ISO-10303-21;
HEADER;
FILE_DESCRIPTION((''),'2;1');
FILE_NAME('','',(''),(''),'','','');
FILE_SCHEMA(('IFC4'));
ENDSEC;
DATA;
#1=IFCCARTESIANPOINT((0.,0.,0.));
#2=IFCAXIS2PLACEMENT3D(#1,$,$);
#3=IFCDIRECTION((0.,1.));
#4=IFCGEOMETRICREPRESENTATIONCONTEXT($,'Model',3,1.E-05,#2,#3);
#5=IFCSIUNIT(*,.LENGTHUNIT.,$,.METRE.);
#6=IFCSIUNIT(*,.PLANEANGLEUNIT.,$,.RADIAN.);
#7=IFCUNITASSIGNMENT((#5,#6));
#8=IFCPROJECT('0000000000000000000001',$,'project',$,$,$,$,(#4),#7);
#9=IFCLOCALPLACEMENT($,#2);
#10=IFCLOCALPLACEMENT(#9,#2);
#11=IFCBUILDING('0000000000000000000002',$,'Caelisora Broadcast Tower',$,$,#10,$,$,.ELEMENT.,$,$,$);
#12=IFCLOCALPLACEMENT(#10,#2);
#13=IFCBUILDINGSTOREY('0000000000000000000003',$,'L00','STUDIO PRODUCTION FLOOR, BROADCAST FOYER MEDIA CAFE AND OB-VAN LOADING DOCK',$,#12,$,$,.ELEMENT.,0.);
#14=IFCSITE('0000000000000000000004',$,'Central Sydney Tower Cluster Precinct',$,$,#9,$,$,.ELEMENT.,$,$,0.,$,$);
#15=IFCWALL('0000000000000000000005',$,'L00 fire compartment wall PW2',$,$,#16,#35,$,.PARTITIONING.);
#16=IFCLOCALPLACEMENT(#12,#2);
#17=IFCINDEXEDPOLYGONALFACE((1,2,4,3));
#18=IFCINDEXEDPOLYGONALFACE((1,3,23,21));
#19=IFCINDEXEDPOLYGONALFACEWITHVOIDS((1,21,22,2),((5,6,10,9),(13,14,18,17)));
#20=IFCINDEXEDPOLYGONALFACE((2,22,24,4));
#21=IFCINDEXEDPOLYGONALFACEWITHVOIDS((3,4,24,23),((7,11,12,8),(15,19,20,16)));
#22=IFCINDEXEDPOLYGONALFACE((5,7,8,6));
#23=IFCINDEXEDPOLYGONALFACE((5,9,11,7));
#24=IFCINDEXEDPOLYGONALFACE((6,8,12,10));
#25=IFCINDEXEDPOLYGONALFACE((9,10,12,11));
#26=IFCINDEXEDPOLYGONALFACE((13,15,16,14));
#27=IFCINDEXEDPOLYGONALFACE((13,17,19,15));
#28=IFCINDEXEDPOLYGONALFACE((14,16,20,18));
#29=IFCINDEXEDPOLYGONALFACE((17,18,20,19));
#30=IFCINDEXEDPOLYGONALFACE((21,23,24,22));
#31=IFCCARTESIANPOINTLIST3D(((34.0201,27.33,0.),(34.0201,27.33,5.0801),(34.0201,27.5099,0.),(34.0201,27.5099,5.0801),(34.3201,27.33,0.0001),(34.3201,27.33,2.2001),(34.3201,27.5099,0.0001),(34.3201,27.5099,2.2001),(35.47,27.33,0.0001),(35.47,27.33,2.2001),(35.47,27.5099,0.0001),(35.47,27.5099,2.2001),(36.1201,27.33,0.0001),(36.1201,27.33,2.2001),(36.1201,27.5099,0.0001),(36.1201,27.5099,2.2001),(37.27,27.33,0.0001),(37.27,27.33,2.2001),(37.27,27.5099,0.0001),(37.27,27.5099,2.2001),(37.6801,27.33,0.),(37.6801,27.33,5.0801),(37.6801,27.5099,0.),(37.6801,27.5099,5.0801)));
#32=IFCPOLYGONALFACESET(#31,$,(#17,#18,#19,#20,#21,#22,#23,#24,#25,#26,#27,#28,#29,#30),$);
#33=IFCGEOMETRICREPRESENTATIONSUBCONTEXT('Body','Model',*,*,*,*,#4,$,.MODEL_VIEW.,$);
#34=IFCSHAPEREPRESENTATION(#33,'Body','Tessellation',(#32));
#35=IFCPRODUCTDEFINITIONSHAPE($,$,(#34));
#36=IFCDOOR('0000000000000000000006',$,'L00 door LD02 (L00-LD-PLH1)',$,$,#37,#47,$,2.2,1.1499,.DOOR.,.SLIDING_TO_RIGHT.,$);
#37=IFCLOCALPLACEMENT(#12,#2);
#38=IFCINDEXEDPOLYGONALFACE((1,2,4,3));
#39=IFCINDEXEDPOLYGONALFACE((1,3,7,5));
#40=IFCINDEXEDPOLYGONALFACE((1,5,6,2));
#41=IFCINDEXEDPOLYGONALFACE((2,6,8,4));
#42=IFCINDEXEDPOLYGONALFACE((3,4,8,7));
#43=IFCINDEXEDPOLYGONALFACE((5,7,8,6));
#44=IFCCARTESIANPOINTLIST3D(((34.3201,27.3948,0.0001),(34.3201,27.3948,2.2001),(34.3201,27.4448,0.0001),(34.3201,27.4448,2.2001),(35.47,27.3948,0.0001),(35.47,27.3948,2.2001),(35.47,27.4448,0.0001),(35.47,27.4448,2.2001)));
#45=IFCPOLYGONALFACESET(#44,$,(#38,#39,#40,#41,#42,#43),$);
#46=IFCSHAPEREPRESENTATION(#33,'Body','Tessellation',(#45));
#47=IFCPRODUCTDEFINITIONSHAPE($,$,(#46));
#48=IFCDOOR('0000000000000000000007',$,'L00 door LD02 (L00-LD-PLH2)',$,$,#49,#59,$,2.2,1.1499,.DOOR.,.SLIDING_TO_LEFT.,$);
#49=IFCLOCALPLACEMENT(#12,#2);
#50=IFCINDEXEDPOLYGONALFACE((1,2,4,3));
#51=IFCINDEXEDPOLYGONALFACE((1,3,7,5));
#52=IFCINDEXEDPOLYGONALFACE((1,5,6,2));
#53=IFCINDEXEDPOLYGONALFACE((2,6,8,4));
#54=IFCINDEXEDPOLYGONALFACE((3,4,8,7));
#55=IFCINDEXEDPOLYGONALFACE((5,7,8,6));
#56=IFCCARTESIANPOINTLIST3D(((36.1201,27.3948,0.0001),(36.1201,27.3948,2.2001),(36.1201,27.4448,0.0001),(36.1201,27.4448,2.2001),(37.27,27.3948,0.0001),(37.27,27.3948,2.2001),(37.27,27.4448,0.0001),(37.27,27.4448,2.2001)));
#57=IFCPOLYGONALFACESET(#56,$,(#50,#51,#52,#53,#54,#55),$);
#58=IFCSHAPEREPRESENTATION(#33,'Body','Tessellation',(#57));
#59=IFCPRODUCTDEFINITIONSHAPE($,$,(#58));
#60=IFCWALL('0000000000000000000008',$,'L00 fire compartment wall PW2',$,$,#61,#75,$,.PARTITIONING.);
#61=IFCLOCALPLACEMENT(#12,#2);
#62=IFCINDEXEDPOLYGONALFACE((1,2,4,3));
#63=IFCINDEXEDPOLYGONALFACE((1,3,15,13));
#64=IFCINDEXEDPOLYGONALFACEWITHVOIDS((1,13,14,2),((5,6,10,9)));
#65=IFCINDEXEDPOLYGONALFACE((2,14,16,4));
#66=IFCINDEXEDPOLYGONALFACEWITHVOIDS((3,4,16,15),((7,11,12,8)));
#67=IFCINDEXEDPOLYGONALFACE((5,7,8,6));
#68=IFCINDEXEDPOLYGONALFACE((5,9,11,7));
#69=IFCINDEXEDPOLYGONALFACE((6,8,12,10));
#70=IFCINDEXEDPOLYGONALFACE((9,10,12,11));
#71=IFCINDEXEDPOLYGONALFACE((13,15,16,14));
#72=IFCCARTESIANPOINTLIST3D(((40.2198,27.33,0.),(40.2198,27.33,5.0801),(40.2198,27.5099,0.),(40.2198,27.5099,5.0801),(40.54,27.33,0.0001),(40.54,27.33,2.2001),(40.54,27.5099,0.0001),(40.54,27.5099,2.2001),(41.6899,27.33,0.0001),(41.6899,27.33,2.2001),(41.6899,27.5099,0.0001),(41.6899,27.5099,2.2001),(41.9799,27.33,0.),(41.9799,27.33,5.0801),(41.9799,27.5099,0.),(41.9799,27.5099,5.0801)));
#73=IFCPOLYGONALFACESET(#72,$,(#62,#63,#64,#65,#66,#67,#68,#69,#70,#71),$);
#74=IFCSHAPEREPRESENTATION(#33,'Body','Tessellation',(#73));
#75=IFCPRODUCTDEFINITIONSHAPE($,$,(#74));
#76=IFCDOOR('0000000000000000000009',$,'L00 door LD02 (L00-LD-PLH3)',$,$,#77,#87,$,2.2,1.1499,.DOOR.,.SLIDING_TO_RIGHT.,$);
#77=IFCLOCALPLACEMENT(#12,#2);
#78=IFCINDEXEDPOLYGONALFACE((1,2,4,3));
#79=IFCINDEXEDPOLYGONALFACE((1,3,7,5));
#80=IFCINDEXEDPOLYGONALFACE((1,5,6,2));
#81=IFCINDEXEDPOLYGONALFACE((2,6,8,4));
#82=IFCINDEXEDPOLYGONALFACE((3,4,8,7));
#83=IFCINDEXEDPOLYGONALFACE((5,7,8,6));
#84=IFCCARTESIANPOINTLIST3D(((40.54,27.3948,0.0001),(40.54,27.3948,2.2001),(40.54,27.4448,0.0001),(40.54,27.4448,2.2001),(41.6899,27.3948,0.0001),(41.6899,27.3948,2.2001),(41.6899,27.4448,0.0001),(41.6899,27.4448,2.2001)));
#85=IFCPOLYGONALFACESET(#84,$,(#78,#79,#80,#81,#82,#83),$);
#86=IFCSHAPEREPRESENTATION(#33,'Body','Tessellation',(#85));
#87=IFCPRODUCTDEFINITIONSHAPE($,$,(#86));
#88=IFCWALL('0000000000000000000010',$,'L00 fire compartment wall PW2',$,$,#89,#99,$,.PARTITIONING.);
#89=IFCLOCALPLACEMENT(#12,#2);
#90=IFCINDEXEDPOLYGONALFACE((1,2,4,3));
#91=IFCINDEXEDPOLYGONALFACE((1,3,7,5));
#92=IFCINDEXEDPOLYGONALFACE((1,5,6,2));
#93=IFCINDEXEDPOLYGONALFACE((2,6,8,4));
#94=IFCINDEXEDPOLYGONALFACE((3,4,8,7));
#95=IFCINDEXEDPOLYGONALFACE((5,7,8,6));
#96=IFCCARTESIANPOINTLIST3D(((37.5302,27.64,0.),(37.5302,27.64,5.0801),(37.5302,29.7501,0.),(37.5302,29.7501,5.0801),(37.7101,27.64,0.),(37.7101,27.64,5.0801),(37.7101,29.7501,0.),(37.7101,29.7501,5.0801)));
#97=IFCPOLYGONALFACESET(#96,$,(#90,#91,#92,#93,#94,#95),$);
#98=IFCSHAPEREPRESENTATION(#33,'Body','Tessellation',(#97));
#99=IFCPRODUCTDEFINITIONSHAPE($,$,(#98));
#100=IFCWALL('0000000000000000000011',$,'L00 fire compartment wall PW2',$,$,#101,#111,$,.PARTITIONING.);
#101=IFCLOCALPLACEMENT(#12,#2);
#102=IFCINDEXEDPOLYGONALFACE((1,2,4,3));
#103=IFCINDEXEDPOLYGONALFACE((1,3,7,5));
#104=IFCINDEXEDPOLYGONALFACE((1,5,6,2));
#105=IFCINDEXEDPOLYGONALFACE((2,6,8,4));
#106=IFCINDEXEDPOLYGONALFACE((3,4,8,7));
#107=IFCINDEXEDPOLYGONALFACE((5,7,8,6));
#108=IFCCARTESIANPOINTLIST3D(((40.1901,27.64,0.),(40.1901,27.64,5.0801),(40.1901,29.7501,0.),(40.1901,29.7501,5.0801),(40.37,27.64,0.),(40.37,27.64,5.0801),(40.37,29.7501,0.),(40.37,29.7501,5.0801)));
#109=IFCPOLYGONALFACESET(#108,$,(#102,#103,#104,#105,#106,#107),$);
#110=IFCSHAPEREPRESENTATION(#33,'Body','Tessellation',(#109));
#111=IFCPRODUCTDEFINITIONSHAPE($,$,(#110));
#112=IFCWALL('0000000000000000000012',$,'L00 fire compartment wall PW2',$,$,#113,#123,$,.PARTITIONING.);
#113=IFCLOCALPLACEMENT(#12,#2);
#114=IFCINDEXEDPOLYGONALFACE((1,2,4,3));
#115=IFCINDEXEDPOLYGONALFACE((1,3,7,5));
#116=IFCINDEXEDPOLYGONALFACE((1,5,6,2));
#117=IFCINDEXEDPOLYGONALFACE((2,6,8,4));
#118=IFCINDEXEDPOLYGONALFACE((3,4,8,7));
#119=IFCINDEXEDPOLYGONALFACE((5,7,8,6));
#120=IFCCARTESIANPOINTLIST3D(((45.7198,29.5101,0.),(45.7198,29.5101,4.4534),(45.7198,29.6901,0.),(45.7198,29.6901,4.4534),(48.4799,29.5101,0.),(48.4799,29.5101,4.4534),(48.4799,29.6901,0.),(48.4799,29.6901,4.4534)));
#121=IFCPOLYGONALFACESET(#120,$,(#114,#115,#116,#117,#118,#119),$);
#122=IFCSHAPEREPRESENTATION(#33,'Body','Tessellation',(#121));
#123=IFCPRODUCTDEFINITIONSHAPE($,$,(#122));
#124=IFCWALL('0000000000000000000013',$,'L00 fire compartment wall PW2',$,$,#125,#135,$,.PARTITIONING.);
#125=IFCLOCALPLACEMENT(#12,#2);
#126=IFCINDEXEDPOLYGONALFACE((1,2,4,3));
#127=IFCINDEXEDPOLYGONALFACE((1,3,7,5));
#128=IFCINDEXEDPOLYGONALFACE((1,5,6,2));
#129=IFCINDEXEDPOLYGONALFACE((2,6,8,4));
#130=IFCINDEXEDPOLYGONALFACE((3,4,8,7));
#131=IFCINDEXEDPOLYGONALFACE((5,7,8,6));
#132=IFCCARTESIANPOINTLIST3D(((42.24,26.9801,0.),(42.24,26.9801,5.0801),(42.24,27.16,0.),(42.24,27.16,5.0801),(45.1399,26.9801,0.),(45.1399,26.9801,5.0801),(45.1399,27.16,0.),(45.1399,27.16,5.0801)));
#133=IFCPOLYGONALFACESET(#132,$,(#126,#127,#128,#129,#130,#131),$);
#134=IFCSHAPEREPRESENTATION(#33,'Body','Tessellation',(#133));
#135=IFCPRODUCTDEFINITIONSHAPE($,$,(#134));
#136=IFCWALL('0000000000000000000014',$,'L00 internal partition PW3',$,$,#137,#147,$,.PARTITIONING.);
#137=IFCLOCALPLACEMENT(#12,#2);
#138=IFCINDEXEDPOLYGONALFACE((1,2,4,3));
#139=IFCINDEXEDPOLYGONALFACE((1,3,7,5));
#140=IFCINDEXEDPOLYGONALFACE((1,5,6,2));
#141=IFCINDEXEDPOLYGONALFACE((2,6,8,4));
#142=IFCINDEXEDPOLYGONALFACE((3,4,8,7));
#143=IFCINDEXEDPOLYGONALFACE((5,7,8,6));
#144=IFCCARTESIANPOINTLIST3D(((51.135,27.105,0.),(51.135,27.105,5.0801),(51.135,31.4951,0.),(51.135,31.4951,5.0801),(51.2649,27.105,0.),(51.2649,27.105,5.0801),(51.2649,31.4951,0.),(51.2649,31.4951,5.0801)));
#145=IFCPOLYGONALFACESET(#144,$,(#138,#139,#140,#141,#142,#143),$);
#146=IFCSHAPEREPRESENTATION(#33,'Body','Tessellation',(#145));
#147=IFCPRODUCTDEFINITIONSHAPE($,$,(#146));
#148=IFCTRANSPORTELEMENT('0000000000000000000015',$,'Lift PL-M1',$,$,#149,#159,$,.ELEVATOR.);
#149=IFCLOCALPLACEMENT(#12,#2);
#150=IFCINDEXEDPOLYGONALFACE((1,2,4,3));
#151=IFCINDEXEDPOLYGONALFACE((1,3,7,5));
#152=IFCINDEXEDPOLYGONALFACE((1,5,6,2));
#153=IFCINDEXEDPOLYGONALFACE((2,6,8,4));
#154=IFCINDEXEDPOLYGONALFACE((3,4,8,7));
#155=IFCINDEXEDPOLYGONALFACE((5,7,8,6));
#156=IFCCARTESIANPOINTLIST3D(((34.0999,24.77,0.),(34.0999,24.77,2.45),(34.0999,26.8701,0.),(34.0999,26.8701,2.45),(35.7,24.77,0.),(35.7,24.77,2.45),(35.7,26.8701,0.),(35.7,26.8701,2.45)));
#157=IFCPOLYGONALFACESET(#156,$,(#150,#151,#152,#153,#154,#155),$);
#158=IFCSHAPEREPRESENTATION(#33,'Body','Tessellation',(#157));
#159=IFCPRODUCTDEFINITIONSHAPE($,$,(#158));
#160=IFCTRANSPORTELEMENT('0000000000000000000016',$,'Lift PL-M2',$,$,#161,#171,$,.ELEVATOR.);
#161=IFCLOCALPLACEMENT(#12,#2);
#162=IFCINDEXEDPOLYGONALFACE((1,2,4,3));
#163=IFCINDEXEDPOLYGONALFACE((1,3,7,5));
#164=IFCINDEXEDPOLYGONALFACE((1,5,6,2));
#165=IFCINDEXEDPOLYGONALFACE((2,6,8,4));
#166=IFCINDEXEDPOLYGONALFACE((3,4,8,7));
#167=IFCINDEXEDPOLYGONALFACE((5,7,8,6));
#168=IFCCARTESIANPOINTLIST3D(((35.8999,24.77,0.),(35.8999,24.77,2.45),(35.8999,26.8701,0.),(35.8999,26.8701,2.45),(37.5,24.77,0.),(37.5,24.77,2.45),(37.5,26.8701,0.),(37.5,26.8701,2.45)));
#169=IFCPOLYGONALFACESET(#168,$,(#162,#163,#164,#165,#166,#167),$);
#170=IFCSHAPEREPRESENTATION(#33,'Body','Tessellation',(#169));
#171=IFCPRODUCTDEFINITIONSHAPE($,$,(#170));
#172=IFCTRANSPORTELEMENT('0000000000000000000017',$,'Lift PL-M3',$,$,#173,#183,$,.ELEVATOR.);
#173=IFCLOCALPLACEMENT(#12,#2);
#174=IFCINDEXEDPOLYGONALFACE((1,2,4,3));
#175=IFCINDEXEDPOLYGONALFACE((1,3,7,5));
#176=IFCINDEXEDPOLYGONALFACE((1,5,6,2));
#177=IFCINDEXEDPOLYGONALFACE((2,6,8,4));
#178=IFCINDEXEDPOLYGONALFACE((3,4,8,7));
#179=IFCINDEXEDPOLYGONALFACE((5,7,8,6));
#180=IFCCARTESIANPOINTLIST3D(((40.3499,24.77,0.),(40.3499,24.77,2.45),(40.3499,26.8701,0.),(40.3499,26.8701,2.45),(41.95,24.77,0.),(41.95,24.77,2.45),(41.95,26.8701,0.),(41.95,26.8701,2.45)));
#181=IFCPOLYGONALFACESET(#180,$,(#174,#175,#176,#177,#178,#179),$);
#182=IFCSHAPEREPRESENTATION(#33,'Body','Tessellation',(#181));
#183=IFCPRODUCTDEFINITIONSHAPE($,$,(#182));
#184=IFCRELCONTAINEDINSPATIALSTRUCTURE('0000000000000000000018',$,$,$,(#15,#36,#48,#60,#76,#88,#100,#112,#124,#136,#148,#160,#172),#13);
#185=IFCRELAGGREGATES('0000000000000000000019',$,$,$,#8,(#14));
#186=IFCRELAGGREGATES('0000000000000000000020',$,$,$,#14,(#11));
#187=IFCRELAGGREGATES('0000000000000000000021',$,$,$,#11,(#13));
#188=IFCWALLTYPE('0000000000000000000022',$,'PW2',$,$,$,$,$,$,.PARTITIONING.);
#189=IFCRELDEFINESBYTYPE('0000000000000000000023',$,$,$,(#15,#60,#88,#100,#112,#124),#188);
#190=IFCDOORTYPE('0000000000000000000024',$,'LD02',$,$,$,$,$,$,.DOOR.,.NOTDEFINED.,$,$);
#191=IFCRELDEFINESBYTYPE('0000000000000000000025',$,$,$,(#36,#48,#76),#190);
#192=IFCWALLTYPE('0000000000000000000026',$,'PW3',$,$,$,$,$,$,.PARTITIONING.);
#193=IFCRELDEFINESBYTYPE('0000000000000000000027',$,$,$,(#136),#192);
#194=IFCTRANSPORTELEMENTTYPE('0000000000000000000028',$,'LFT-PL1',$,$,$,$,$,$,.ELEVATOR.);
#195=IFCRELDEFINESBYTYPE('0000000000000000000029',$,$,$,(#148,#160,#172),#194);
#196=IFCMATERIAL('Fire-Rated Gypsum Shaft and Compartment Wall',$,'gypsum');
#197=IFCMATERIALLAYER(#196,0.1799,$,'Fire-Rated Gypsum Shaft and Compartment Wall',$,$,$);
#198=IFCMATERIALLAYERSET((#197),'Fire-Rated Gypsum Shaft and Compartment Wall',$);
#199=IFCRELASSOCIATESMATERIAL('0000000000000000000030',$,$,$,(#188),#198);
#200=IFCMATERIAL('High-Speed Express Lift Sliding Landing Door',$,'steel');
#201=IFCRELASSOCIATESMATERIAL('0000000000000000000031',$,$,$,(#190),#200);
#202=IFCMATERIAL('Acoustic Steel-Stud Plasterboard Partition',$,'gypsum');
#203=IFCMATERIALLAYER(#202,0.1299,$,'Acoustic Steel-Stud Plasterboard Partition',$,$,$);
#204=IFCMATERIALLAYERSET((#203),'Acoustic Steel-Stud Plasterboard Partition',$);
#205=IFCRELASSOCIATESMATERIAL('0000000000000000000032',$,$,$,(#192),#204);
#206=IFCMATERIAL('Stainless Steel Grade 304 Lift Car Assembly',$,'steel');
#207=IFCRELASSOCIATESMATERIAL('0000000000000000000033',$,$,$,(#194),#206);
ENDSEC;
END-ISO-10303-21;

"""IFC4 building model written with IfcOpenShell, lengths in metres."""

from ifc_helpers import new_model, si_unit, direction, frame, frame_2d, origin, origin_2d, place, context, subcontext, project, spatial, rectangle, extrude, source, transform, mapped, material, layer, layer_set, type_object, type_shapes, element, fill, save


model = new_model("IFC4")

# Units and contexts
model_context = context("Model", 3, precision=1e-05, world=origin(), true_north=direction((0.0, 1.0)))
body_context = subcontext(model_context, "Body", "Model", "MODEL_VIEW")
ifc_project = project(units=[si_unit("LENGTHUNIT", "METRE"), si_unit("PLANEANGLEUNIT", "RADIAN")], contexts=[model_context])

# Site, building, storey
site_placement = place(None, origin())
site = spatial("IfcSite", under=ifc_project, at=site_placement, Name="Central Sydney Tower Cluster Precinct", CompositionType="ELEMENT", RefElevation=0.0)
building_placement = place(site_placement, origin())
building = spatial("IfcBuilding", under=site, at=building_placement, Name="Caelisora Broadcast Tower", CompositionType="ELEMENT")
storey_placement = place(building_placement, origin())
storey = spatial("IfcBuildingStorey", under=building, at=storey_placement, Name="L00", Description="STUDIO PRODUCTION FLOOR, BROADCAST FOYER MEDIA CAFE AND OB-VAN LOADING DOCK", CompositionType="ELEMENT", Elevation=0.0)

# Shared definitions
ifc_material_1 = material(Name="Fire-Rated Gypsum Shaft and Compartment Wall", Category="gypsum")
ifc_layer_1 = layer(ifc_material_1, 0.1799, Name="Fire-Rated Gypsum Shaft and Compartment Wall")
ifc_layer_set_1 = layer_set([ifc_layer_1], Name="Fire-Rated Gypsum Shaft and Compartment Wall")
wall_type_1 = type_object("IfcWallType", Name="PW2", PredefinedType="PARTITIONING", material=ifc_layer_set_1)
ifc_material_2 = material(Name="High-Speed Express Lift Sliding Landing Door", Category="steel")
door_type = type_object("IfcDoorType", Name="LD02", OperationType="NOTDEFINED", PredefinedType="DOOR", material=ifc_material_2)

# Wall, openings, doors
wall_1_placement = place(storey_placement, frame((34.02, 27.4199, 0.0), z_axis=(0.0, 0.0, 1.0), x_axis=(1.0, 0.0, 0.0)))
wall_1 = element("IfcWall", 1, at=wall_1_placement, inside=storey, type_object=wall_type_1, Name="L00 fire compartment wall PW2", PredefinedType="PARTITIONING", context=body_context, shape_type="SweptSolid", body=[
    extrude(rectangle(XDim=3.6599, YDim=0.1799, at=frame_2d((1.8301, 0.0))), origin(), (0.0, 0.0, 1.0), 5.0801),
])
opening_1_placement = place(wall_1_placement, frame((0.3, 0.0, 0.0)))
opening_1 = element("IfcOpeningElement", 2, at=opening_1_placement, cuts=wall_1, PredefinedType="OPENING", context=body_context, shape_type="SweptSolid", body=[
    extrude(rectangle(XDim=1.1499, YDim=2.2, at=frame_2d((0.575, 1.1001))), frame((0.0, 0.1021, 0.0), z_axis=(0.0, -1.0, 0.0), x_axis=(1.0, 0.0, 0.0)), (0.0, 0.0, 1.0), 0.2039),
])
opening_2_placement = place(wall_1_placement, frame((2.1001, 0.0, 0.0)))
opening_2 = element("IfcOpeningElement", 3, at=opening_2_placement, cuts=wall_1, PredefinedType="OPENING", context=body_context, shape_type="SweptSolid", body=[
    extrude(rectangle(XDim=1.1499, YDim=2.2, at=frame_2d((0.575, 1.1001))), frame((0.0, 0.1021, 0.0), z_axis=(0.0, -1.0, 0.0), x_axis=(1.0, 0.0, 0.0)), (0.0, 0.0, 1.0), 0.2039),
])
door_1_placement = place(opening_1_placement, origin())
door_1 = element("IfcDoor", 4, at=door_1_placement, inside=storey, type_object=door_type, Name="L00 door LD02 (L00-LD-PLH1)", OperationType="SLIDING_TO_RIGHT", OverallHeight=2.2, OverallWidth=1.1499, PredefinedType="DOOR", context=body_context, shape_type="SweptSolid", body=[
    extrude(rectangle(XDim=1.1499, YDim=2.2, at=frame_2d((0.575, 1.1001))), frame((0.0, 0.0249, 0.0), z_axis=(0.0, -1.0, 0.0), x_axis=(1.0, 0.0, 0.0)), (0.0, 0.0, 1.0), 0.05),
])
fill(opening_1, door_1)
door_2_placement = place(opening_2_placement, origin())
door_2 = element("IfcDoor", 5, at=door_2_placement, inside=storey, type_object=door_type, Name="L00 door LD02 (L00-LD-PLH2)", OperationType="SLIDING_TO_LEFT", OverallHeight=2.2, OverallWidth=1.1499, PredefinedType="DOOR", context=body_context, shape_type="SweptSolid", body=[
    extrude(rectangle(XDim=1.1499, YDim=2.2, at=frame_2d((0.575, 1.1001))), frame((0.0, 0.0249, 0.0), z_axis=(0.0, -1.0, 0.0), x_axis=(1.0, 0.0, 0.0)), (0.0, 0.0, 1.0), 0.05),
])
fill(opening_2, door_2)

# Wall, opening, door
wall_2_placement = place(storey_placement, frame((40.22, 27.4199, 0.0), z_axis=(0.0, 0.0, 1.0), x_axis=(1.0, 0.0, 0.0)))
wall_2 = element("IfcWall", 6, at=wall_2_placement, inside=storey, type_object=wall_type_1, Name="L00 fire compartment wall PW2", PredefinedType="PARTITIONING", context=body_context, shape_type="SweptSolid", body=[
    extrude(rectangle(XDim=1.76, YDim=0.1799, at=frame_2d((0.8799, 0.0))), origin(), (0.0, 0.0, 1.0), 5.0801),
])
opening_3_placement = place(wall_2_placement, frame((0.3201, 0.0, 0.0)))
opening_3 = element("IfcOpeningElement", 7, at=opening_3_placement, cuts=wall_2, PredefinedType="OPENING", context=body_context, shape_type="SweptSolid", body=[
    extrude(rectangle(XDim=1.1499, YDim=2.2, at=frame_2d((0.575, 1.1001))), frame((0.0, 0.1021, 0.0), z_axis=(0.0, -1.0, 0.0), x_axis=(1.0, 0.0, 0.0)), (0.0, 0.0, 1.0), 0.2039),
])
door_3_placement = place(opening_3_placement, origin())
door_3 = element("IfcDoor", 8, at=door_3_placement, inside=storey, type_object=door_type, Name="L00 door LD02 (L00-LD-PLH3)", OperationType="SLIDING_TO_RIGHT", OverallHeight=2.2, OverallWidth=1.1499, PredefinedType="DOOR", context=body_context, shape_type="SweptSolid", body=[
    extrude(rectangle(XDim=1.1499, YDim=2.2, at=frame_2d((0.575, 1.1001))), frame((0.0, 0.0249, 0.0), z_axis=(0.0, -1.0, 0.0), x_axis=(1.0, 0.0, 0.0)), (0.0, 0.0, 1.0), 0.05),
])
fill(opening_3, door_3)

# Walls
for number, where, z_axis, x_axis, name in (
    (9, (37.6201, 27.6399, 0.0), (0.0, 0.0, 1.0), (0.0, 1.0, 0.0), "L00 fire compartment wall PW2"),
    (10, (40.28, 27.6399, 0.0), (0.0, 0.0, 1.0), (0.0, 1.0, 0.0), "L00 fire compartment wall PW2"),
):
    element("IfcWall", number, at=place(storey_placement, frame(where, z_axis=z_axis, x_axis=x_axis)), inside=storey, type_object=wall_type_1, Name=name, PredefinedType="PARTITIONING", context=body_context, shape_type="SweptSolid", body=[
        extrude(rectangle(XDim=2.1101, YDim=0.1799, at=frame_2d((1.0552, 0.0))), origin(), (0.0, 0.0, 1.0), 5.0801),
    ])
wall_3_placement = place(storey_placement, frame((45.72, 29.6001, 0.0), z_axis=(0.0, 0.0, 1.0), x_axis=(1.0, 0.0, 0.0)))
element("IfcWall", 11, at=wall_3_placement, inside=storey, type_object=wall_type_1, Name="L00 fire compartment wall PW2", PredefinedType="PARTITIONING", context=body_context, shape_type="SweptSolid", body=[
    extrude(rectangle(XDim=2.76, YDim=0.1799, at=frame_2d((1.3799, 0.0))), origin(), (0.0, 0.0, 1.0), 4.4534),
])
wall_4_placement = place(storey_placement, frame((42.24, 27.0701, 0.0), z_axis=(0.0, 0.0, 1.0), x_axis=(1.0, 0.0, 0.0)))
element("IfcWall", 12, at=wall_4_placement, inside=storey, type_object=wall_type_1, Name="L00 fire compartment wall PW2", PredefinedType="PARTITIONING", context=body_context, shape_type="SweptSolid", body=[
    extrude(rectangle(XDim=2.8999, YDim=0.1799, at=frame_2d((1.45, 0.0))), origin(), (0.0, 0.0, 1.0), 5.0801),
])
ifc_material_3 = material(Name="Acoustic Steel-Stud Plasterboard Partition", Category="gypsum")
ifc_layer_2 = layer(ifc_material_3, 0.1299, Name="Acoustic Steel-Stud Plasterboard Partition")
ifc_layer_set_2 = layer_set([ifc_layer_2], Name="Acoustic Steel-Stud Plasterboard Partition")
wall_type_2 = type_object("IfcWallType", Name="PW3", PredefinedType="PARTITIONING", material=ifc_layer_set_2)
wall_5_placement = place(storey_placement, frame((51.2, 27.105, 0.0), z_axis=(0.0, 0.0, 1.0), x_axis=(0.0, 1.0, 0.0)))
element("IfcWall", 13, at=wall_5_placement, inside=storey, type_object=wall_type_2, Name="L00 internal partition PW3", PredefinedType="PARTITIONING", context=body_context, shape_type="SweptSolid", body=[
    extrude(rectangle(XDim=4.3901, YDim=0.1299, at=frame_2d((2.1951, 0.0))), origin(), (0.0, 0.0, 1.0), 5.0801),
])

# Transport elements
ifc_material_4 = material(Name="Stainless Steel Grade 304 Lift Car Assembly", Category="steel")
transport_element_type = type_object("IfcTransportElementType", Name="LFT-PL1", PredefinedType="ELEVATOR", material=ifc_material_4)
shared_shape_1 = source(origin(), body_context, "Body", "SweptSolid", [
    extrude(rectangle(XDim=1.6001, YDim=2.1001, at=origin_2d()), origin(), (0.0, 0.0, 1.0), 2.45),
])
type_shapes(transport_element_type, [shared_shape_1])
for number, where, z_axis, x_axis, name in (
    (14, (34.8999, 25.8201, 0.0), (0.0, 0.0, 1.0), (1.0, 0.0, 0.0), "Lift PL-M1"),
    (15, (36.7, 25.8201, 0.0), (0.0, 0.0, 1.0), (1.0, 0.0, 0.0), "Lift PL-M2"),
    (16, (41.1499, 25.8201, 0.0), (0.0, 0.0, 1.0), (1.0, 0.0, 0.0), "Lift PL-M3"),
):
    element("IfcTransportElement", number, at=place(storey_placement, frame(where, z_axis=z_axis, x_axis=x_axis)), inside=storey, type_object=transport_element_type, Name=name, PredefinedType="ELEVATOR", context=body_context, shape_type="MappedRepresentation", body=[
        mapped(shared_shape_1, transform((0.0, 0.0, 0.0), scale=1.0)),
    ])

save(model, "model.ifc")
